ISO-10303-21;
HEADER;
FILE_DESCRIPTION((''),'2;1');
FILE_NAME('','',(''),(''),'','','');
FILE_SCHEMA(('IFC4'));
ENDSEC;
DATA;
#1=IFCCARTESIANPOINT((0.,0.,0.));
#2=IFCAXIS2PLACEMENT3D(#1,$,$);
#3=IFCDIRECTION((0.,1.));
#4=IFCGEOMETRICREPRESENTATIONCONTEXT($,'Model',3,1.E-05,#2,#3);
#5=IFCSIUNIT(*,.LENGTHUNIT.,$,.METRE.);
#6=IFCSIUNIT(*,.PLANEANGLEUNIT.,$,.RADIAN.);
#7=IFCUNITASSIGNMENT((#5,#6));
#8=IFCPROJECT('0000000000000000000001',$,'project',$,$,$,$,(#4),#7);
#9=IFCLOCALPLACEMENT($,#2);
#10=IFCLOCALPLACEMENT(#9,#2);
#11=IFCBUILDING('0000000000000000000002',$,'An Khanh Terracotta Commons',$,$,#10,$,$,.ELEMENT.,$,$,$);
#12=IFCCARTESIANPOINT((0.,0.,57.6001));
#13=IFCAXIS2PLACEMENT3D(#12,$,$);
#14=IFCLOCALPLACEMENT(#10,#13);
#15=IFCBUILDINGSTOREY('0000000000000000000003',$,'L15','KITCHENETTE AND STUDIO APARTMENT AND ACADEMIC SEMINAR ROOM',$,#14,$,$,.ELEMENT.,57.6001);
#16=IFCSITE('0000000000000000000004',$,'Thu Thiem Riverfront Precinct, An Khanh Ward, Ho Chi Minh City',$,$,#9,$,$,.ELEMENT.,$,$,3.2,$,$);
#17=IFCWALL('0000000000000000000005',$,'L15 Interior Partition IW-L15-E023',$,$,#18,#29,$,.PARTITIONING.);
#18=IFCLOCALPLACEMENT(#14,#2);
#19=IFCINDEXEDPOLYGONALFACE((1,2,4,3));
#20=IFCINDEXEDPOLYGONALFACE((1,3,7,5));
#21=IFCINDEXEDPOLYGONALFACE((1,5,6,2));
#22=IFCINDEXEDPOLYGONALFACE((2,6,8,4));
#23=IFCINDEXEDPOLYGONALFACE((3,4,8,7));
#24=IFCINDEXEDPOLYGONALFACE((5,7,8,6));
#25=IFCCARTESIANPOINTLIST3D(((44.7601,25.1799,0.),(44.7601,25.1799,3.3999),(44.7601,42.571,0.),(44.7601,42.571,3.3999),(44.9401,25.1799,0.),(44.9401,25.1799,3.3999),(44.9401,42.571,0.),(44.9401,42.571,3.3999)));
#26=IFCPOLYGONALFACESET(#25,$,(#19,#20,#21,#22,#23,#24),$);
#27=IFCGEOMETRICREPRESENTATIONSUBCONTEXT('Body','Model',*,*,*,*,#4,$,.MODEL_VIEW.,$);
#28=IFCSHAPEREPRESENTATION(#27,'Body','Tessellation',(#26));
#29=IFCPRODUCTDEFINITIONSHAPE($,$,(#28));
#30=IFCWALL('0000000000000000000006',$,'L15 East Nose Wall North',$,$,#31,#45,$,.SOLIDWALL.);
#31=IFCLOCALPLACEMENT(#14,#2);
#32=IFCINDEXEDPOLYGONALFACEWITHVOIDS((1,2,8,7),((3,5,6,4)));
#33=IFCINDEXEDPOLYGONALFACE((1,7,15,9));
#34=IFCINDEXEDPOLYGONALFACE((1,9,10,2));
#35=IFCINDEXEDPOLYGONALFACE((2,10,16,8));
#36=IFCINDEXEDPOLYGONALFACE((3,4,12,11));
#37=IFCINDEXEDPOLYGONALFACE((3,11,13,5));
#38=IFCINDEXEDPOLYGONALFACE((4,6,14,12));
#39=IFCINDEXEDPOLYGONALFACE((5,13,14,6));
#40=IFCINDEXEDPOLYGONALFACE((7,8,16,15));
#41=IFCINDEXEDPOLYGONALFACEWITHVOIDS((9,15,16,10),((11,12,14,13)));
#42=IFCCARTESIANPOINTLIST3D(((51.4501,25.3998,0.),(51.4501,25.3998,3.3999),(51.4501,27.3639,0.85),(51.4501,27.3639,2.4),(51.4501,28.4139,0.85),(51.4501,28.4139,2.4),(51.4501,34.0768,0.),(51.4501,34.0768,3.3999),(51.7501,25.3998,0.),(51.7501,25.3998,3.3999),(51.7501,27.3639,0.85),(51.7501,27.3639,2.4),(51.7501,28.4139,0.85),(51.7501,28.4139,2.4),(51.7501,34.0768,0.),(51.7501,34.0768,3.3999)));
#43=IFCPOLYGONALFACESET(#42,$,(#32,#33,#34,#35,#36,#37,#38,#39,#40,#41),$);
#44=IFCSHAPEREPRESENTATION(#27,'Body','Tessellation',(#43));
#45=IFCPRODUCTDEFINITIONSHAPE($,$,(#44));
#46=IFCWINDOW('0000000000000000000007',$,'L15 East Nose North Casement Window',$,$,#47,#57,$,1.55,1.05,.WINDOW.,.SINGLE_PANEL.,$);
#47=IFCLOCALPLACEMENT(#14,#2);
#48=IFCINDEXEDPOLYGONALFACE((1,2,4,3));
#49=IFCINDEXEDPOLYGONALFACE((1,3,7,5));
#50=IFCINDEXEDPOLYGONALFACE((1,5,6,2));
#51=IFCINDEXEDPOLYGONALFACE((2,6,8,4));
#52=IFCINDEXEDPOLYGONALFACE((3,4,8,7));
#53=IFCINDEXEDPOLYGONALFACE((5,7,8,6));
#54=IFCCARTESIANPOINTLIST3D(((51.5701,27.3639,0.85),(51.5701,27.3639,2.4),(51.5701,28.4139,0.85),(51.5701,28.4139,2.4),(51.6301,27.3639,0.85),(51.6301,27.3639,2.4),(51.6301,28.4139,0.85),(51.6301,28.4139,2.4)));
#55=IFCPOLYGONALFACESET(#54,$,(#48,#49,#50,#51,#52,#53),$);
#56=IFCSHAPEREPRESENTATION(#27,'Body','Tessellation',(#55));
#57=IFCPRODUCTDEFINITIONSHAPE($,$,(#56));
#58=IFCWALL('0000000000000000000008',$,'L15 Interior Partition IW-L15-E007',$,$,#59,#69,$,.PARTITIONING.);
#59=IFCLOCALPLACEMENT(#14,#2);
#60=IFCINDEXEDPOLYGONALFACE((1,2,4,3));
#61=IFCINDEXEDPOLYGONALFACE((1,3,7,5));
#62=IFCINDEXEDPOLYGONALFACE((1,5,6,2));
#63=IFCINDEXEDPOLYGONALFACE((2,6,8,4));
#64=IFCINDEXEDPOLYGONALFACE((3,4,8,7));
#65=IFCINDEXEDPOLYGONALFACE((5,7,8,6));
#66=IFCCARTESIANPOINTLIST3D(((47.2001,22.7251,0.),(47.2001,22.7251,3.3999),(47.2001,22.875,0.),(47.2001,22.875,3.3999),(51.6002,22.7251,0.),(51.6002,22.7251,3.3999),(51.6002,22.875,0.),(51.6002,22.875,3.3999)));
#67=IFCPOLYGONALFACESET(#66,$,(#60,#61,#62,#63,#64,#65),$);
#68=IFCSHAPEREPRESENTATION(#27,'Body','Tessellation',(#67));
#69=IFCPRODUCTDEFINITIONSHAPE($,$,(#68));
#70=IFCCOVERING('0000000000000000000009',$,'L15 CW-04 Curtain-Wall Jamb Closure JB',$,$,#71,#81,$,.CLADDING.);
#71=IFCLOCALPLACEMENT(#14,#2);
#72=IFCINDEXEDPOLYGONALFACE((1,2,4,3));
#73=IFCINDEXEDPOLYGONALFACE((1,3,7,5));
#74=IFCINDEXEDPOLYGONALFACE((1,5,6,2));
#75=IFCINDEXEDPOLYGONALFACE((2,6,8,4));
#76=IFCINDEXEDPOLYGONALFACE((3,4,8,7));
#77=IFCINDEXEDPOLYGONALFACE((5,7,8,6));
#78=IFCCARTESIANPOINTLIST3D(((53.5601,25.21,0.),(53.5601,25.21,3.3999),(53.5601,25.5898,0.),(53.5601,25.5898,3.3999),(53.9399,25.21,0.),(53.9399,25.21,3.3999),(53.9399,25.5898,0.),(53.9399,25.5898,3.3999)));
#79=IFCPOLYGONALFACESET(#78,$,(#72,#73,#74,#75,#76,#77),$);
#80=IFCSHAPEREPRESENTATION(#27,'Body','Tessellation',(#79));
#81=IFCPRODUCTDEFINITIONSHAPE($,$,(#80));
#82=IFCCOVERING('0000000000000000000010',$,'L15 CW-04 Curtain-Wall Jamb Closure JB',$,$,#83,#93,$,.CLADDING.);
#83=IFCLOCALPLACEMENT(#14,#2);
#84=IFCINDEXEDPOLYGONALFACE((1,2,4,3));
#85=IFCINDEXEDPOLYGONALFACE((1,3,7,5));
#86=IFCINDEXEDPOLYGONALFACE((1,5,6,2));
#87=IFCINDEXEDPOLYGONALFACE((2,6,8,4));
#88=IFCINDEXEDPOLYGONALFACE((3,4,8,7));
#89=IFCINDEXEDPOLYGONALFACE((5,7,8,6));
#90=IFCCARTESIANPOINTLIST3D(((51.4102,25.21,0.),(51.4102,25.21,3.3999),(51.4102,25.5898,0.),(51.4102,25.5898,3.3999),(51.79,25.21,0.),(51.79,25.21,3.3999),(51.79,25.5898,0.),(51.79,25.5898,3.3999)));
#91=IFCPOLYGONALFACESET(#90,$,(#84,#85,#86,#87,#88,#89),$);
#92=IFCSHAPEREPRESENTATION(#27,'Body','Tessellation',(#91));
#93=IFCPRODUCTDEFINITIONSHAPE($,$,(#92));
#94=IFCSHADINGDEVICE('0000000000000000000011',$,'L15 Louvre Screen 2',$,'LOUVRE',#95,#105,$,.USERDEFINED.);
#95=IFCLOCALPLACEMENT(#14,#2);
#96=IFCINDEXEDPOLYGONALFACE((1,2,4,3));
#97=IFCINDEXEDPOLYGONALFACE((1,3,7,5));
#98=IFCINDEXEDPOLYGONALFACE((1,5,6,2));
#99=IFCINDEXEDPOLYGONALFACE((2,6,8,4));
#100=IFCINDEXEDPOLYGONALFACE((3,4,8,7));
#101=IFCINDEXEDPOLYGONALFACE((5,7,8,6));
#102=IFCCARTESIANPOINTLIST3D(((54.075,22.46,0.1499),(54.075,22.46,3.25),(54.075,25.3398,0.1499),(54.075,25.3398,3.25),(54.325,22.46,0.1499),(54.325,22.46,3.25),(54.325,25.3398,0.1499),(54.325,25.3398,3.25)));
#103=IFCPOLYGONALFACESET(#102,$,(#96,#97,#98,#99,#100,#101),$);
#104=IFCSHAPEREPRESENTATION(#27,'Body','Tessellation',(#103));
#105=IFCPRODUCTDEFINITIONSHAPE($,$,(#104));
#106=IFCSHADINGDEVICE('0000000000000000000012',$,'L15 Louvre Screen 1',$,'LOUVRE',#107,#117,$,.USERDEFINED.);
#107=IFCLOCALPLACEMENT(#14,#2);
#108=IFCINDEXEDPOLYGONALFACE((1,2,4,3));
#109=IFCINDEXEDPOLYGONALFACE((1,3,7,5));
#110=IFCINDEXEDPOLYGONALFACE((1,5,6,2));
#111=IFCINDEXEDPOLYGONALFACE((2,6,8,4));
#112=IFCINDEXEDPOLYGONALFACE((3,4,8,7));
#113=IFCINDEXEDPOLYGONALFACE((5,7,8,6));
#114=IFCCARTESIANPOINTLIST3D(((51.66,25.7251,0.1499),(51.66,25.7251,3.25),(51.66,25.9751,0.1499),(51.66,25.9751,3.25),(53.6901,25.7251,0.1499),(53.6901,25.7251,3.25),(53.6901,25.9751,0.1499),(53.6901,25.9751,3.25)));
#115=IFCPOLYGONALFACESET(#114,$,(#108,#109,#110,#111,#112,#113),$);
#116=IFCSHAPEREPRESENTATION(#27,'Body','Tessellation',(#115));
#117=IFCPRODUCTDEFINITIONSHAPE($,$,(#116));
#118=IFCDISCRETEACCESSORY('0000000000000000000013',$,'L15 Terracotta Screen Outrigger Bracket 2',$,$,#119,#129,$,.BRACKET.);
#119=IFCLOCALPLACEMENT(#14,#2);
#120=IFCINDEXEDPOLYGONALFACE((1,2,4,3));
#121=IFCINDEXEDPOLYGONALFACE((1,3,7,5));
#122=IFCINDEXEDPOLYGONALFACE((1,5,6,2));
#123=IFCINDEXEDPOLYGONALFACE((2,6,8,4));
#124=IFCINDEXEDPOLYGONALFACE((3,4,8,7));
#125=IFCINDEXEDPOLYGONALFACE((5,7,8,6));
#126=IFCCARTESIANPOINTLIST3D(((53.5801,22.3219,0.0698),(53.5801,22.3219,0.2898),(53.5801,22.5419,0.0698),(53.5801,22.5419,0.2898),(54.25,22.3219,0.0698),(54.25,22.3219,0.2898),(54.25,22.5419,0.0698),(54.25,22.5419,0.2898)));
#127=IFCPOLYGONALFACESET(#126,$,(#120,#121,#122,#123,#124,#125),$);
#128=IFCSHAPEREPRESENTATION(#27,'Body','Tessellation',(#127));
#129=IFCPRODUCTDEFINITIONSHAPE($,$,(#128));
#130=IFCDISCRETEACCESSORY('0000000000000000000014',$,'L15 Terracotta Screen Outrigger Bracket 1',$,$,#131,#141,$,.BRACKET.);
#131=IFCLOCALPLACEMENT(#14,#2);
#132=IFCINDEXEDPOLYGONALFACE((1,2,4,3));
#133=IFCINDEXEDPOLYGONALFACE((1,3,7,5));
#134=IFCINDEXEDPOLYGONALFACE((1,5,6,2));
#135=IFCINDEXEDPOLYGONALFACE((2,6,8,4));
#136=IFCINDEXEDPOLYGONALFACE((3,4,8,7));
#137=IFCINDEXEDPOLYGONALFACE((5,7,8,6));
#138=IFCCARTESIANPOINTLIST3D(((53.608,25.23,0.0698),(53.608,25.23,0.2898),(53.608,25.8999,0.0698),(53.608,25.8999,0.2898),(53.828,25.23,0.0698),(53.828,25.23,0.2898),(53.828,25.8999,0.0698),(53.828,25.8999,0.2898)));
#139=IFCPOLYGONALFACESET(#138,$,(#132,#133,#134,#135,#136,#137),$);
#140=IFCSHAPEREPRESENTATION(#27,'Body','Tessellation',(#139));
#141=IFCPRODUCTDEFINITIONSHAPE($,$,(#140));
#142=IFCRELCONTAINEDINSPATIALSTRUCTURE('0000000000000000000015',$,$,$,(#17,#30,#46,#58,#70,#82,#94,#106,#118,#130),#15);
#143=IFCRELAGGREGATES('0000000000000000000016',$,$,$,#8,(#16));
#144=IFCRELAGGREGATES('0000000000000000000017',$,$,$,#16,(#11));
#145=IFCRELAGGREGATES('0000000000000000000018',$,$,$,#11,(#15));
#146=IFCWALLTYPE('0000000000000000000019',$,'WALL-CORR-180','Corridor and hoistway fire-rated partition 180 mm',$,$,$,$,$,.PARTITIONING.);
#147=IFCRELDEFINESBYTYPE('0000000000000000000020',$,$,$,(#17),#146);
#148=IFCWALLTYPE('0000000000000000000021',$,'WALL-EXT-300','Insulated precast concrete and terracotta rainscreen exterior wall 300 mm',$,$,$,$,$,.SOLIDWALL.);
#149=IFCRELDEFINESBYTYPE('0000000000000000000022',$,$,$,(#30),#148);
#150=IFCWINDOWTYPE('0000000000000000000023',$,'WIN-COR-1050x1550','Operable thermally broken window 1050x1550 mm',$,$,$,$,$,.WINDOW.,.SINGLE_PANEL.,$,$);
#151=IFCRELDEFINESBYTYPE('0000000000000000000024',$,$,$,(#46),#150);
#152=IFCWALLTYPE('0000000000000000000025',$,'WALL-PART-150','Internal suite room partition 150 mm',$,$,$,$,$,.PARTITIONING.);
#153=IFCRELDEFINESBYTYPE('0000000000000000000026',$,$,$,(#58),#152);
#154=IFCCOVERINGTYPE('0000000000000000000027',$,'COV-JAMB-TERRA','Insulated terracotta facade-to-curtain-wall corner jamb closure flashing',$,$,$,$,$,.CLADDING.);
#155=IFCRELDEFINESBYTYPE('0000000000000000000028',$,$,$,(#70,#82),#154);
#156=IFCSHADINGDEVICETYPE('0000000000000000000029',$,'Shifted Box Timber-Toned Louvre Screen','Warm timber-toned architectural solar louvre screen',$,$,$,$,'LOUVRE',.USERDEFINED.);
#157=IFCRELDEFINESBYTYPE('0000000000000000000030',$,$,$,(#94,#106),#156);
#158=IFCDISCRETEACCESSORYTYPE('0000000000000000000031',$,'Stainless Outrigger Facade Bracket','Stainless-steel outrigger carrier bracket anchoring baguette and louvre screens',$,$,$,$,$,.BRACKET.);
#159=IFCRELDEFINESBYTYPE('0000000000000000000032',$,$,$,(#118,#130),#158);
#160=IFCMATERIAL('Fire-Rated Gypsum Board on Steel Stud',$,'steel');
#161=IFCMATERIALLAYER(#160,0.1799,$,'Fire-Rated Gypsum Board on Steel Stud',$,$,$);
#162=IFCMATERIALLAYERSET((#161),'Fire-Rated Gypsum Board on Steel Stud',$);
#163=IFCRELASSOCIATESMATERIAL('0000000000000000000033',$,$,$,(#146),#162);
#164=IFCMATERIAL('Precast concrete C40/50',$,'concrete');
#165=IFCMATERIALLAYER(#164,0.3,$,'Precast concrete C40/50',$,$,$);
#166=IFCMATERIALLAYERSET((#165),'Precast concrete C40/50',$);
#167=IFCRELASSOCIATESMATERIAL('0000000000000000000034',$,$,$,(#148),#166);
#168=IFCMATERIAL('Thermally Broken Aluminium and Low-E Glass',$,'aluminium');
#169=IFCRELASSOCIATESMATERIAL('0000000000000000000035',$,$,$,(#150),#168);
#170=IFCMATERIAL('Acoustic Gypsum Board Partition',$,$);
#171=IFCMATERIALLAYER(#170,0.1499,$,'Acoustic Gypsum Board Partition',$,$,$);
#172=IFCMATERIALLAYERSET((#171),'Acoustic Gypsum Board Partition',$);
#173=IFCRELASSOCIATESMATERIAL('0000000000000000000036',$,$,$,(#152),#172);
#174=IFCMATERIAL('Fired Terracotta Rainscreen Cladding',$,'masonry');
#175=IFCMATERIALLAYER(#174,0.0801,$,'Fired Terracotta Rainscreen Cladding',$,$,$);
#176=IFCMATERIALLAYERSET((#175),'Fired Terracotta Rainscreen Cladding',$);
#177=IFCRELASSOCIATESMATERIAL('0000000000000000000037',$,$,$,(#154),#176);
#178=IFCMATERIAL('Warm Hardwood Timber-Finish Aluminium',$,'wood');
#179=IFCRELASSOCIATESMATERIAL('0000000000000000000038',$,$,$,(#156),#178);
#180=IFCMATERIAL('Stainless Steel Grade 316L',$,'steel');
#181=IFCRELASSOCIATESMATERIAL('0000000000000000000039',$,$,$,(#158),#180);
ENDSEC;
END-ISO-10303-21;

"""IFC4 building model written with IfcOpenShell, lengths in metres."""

from ifc_helpers import new_model, si_unit, direction, frame, frame_2d, origin, origin_2d, place, context, subcontext, project, spatial, rectangle, extrude, material, layer, layer_set, type_object, element, fill, save


model = new_model("IFC4")

# Units and contexts
model_context = context("Model", 3, precision=1e-05, world=origin(), true_north=direction((0.0, 1.0)))
body_context = subcontext(model_context, "Body", "Model", "MODEL_VIEW")
ifc_project = project(units=[si_unit("LENGTHUNIT", "METRE"), si_unit("PLANEANGLEUNIT", "RADIAN")], contexts=[model_context])

# Site, building, storey
site_placement = place(None, origin())
site = spatial("IfcSite", under=ifc_project, at=site_placement, Name="Thu Thiem Riverfront Precinct, An Khanh Ward, Ho Chi Minh City", CompositionType="ELEMENT", RefElevation=3.2)
building_placement = place(site_placement, origin())
building = spatial("IfcBuilding", under=site, at=building_placement, Name="An Khanh Terracotta Commons", CompositionType="ELEMENT")
storey_placement = place(building_placement, frame((0.0, 0.0, 57.6001)))
storey = spatial("IfcBuildingStorey", under=building, at=storey_placement, Name="L15", Description="KITCHENETTE AND STUDIO APARTMENT AND ACADEMIC SEMINAR ROOM", CompositionType="ELEMENT", Elevation=57.6001)

# Shared definitions
ifc_material_1 = material(Name="Fire-Rated Gypsum Board on Steel Stud", Category="steel")
ifc_layer_1 = layer(ifc_material_1, 0.1799, Name="Fire-Rated Gypsum Board on Steel Stud")
ifc_layer_set_1 = layer_set([ifc_layer_1], Name="Fire-Rated Gypsum Board on Steel Stud")
wall_type_1 = type_object("IfcWallType", Name="WALL-CORR-180", Description="Corridor and hoistway fire-rated partition 180 mm", PredefinedType="PARTITIONING", material=ifc_layer_set_1)

# Wall
wall_1_placement = place(storey_placement, frame((44.8501, 25.1799, 0.0), z_axis=(0.0, 0.0, 1.0), x_axis=(0.0, 1.0, 0.0)))
element("IfcWall", 1, at=wall_1_placement, inside=storey, type_object=wall_type_1, Name="L15 Interior Partition IW-L15-E023", PredefinedType="PARTITIONING", context=body_context, shape_type="SweptSolid", body=[
    extrude(rectangle(XDim=17.3911, YDim=0.1799, at=frame_2d((8.6956, 0.0))), origin(), (0.0, 0.0, 1.0), 3.3999),
])

# Wall, opening, window
ifc_material_2 = material(Name="Precast concrete C40/50", Category="concrete")
ifc_layer_2 = layer(ifc_material_2, 0.3, Name="Precast concrete C40/50")
ifc_layer_set_2 = layer_set([ifc_layer_2], Name="Precast concrete C40/50")
wall_type_2 = type_object("IfcWallType", Name="WALL-EXT-300", Description="Insulated precast concrete and terracotta rainscreen exterior wall 300 mm", PredefinedType="SOLIDWALL", material=ifc_layer_set_2)
wall_2_placement = place(storey_placement, frame((51.6001, 25.3999, 0.0), z_axis=(0.0, 0.0, 1.0), x_axis=(0.0, 1.0, 0.0)))
wall_2 = element("IfcWall", 2, at=wall_2_placement, inside=storey, type_object=wall_type_2, Name="L15 East Nose Wall North", PredefinedType="SOLIDWALL", context=body_context, shape_type="SweptSolid", body=[
    extrude(rectangle(XDim=8.677, YDim=0.3, at=frame_2d((4.3384, 0.0))), origin(), (0.0, 0.0, 1.0), 3.3999),
])
opening_1_placement = place(wall_2_placement, frame((1.9641, 0.0, 0.8501)))
opening_1 = element("IfcOpeningElement", 3, at=opening_1_placement, cuts=wall_2, PredefinedType="OPENING", context=body_context, shape_type="SweptSolid", body=[
    extrude(rectangle(XDim=1.05, YDim=1.55, at=frame_2d((0.5249, 0.7749))), frame((0.0, 0.1599, 0.0), z_axis=(0.0, -1.0, 0.0), x_axis=(1.0, 0.0, 0.0)), (0.0, 0.0, 1.0), 0.3201),
])
ifc_material_3 = material(Name="Thermally Broken Aluminium and Low-E Glass", Category="aluminium")
window_type = type_object("IfcWindowType", Name="WIN-COR-1050x1550", Description="Operable thermally broken window 1050x1550 mm", PartitioningType="SINGLE_PANEL", PredefinedType="WINDOW", material=ifc_material_3)
window_placement = place(opening_1_placement, origin())
window = element("IfcWindow", 4, at=window_placement, inside=storey, type_object=window_type, Name="L15 East Nose North Casement Window", OverallHeight=1.55, OverallWidth=1.05, PartitioningType="SINGLE_PANEL", PredefinedType="WINDOW", context=body_context, shape_type="SweptSolid", body=[
    extrude(rectangle(XDim=1.05, YDim=1.55, at=frame_2d((0.5249, 0.7749))), frame((0.0, 0.03, 0.0), z_axis=(0.0, -1.0, 0.0), x_axis=(1.0, 0.0, 0.0)), (0.0, 0.0, 1.0), 0.0601),
])
fill(opening_1, window)

# Wall
ifc_material_4 = material(Name="Acoustic Gypsum Board Partition")
ifc_layer_3 = layer(ifc_material_4, 0.1499, Name="Acoustic Gypsum Board Partition")
ifc_layer_set_3 = layer_set([ifc_layer_3], Name="Acoustic Gypsum Board Partition")
wall_type_3 = type_object("IfcWallType", Name="WALL-PART-150", Description="Internal suite room partition 150 mm", PredefinedType="PARTITIONING", material=ifc_layer_set_3)
wall_3_placement = place(storey_placement, frame((47.2, 22.8, 0.0), z_axis=(0.0, 0.0, 1.0), x_axis=(1.0, 0.0, 0.0)))
element("IfcWall", 5, at=wall_3_placement, inside=storey, type_object=wall_type_3, Name="L15 Interior Partition IW-L15-E007", PredefinedType="PARTITIONING", context=body_context, shape_type="SweptSolid", body=[
    extrude(rectangle(XDim=4.4001, YDim=0.1499, at=frame_2d((2.2002, 0.0))), origin(), (0.0, 0.0, 1.0), 3.3999),
])

# Coverings
ifc_material_5 = material(Name="Fired Terracotta Rainscreen Cladding", Category="masonry")
ifc_layer_4 = layer(ifc_material_5, 0.0801, Name="Fired Terracotta Rainscreen Cladding")
ifc_layer_set_4 = layer_set([ifc_layer_4], Name="Fired Terracotta Rainscreen Cladding")
covering_type = type_object("IfcCoveringType", Name="COV-JAMB-TERRA", Description="Insulated terracotta facade-to-curtain-wall corner jamb closure flashing", PredefinedType="CLADDING", material=ifc_layer_set_4)
for number, where, z_axis, x_axis, name in (
    (6, (53.75, 25.3999, 0.0), (0.0, 0.0, 1.0), (1.0, 0.0, 0.0), "L15 CW-04 Curtain-Wall Jamb Closure JB"),
    (7, (51.6001, 25.3999, 0.0), (0.0, 0.0, 1.0), (1.0, 0.0, 0.0), "L15 CW-04 Curtain-Wall Jamb Closure JB"),
):
    element("IfcCovering", number, at=place(storey_placement, frame(where, z_axis=z_axis, x_axis=x_axis)), inside=storey, type_object=covering_type, Name=name, PredefinedType="CLADDING", context=body_context, shape_type="SweptSolid", body=[
        extrude(rectangle(XDim=0.3799, YDim=0.3799, at=origin_2d()), origin(), (0.0, 0.0, 1.0), 3.3999),
    ])

# Shading devices
ifc_material_6 = material(Name="Warm Hardwood Timber-Finish Aluminium", Category="wood")
shading_device_type = type_object("IfcShadingDeviceType", Name="Shifted Box Timber-Toned Louvre Screen", Description="Warm timber-toned architectural solar louvre screen", ElementType="LOUVRE", PredefinedType="USERDEFINED", material=ifc_material_6)
shading_device_1_placement = place(storey_placement, frame((54.2, 23.8999, 0.1499), z_axis=(0.0, 0.0, 1.0), x_axis=(0.0, 1.0, 0.0)))
element("IfcShadingDevice", 8, at=shading_device_1_placement, inside=storey, type_object=shading_device_type, Name="L15 Louvre Screen 2", ObjectType="LOUVRE", PredefinedType="USERDEFINED", context=body_context, shape_type="SweptSolid", body=[
    extrude(rectangle(XDim=2.8799, YDim=0.25, at=origin_2d()), origin(), (0.0, 0.0, 1.0), 3.1001),
])
shading_device_2_placement = place(storey_placement, frame((52.675, 25.8501, 0.1499), z_axis=(0.0, 0.0, 1.0), x_axis=(-1.0, 0.0, 0.0)))
element("IfcShadingDevice", 9, at=shading_device_2_placement, inside=storey, type_object=shading_device_type, Name="L15 Louvre Screen 1", ObjectType="LOUVRE", PredefinedType="USERDEFINED", context=body_context, shape_type="SweptSolid", body=[
    extrude(rectangle(XDim=2.03, YDim=0.25, at=origin_2d()), origin(), (0.0, 0.0, 1.0), 3.1001),
])

# Discrete accessories
ifc_material_7 = material(Name="Stainless Steel Grade 316L", Category="steel")
discrete_accessory_type = type_object("IfcDiscreteAccessoryType", Name="Stainless Outrigger Facade Bracket", Description="Stainless-steel outrigger carrier bracket anchoring baguette and louvre screens", PredefinedType="BRACKET", material=ifc_material_7)
for number, where, z_axis, x_axis, name in (
    (10, (53.915, 22.4319, 0.0698), (0.0, 0.0, 1.0), (0.0, 1.0, 0.0), "L15 Terracotta Screen Outrigger Bracket 2"),
    (11, (53.718, 25.5649, 0.0698), (0.0, 0.0, 1.0), (-1.0, 0.0, 0.0), "L15 Terracotta Screen Outrigger Bracket 1"),
):
    element("IfcDiscreteAccessory", number, at=place(storey_placement, frame(where, z_axis=z_axis, x_axis=x_axis)), inside=storey, type_object=discrete_accessory_type, Name=name, PredefinedType="BRACKET", context=body_context, shape_type="SweptSolid", body=[
        extrude(rectangle(XDim=0.22, YDim=0.6699, at=origin_2d()), origin(), (0.0, 0.0, 1.0), 0.22),
    ])

save(model, "model.ifc")
